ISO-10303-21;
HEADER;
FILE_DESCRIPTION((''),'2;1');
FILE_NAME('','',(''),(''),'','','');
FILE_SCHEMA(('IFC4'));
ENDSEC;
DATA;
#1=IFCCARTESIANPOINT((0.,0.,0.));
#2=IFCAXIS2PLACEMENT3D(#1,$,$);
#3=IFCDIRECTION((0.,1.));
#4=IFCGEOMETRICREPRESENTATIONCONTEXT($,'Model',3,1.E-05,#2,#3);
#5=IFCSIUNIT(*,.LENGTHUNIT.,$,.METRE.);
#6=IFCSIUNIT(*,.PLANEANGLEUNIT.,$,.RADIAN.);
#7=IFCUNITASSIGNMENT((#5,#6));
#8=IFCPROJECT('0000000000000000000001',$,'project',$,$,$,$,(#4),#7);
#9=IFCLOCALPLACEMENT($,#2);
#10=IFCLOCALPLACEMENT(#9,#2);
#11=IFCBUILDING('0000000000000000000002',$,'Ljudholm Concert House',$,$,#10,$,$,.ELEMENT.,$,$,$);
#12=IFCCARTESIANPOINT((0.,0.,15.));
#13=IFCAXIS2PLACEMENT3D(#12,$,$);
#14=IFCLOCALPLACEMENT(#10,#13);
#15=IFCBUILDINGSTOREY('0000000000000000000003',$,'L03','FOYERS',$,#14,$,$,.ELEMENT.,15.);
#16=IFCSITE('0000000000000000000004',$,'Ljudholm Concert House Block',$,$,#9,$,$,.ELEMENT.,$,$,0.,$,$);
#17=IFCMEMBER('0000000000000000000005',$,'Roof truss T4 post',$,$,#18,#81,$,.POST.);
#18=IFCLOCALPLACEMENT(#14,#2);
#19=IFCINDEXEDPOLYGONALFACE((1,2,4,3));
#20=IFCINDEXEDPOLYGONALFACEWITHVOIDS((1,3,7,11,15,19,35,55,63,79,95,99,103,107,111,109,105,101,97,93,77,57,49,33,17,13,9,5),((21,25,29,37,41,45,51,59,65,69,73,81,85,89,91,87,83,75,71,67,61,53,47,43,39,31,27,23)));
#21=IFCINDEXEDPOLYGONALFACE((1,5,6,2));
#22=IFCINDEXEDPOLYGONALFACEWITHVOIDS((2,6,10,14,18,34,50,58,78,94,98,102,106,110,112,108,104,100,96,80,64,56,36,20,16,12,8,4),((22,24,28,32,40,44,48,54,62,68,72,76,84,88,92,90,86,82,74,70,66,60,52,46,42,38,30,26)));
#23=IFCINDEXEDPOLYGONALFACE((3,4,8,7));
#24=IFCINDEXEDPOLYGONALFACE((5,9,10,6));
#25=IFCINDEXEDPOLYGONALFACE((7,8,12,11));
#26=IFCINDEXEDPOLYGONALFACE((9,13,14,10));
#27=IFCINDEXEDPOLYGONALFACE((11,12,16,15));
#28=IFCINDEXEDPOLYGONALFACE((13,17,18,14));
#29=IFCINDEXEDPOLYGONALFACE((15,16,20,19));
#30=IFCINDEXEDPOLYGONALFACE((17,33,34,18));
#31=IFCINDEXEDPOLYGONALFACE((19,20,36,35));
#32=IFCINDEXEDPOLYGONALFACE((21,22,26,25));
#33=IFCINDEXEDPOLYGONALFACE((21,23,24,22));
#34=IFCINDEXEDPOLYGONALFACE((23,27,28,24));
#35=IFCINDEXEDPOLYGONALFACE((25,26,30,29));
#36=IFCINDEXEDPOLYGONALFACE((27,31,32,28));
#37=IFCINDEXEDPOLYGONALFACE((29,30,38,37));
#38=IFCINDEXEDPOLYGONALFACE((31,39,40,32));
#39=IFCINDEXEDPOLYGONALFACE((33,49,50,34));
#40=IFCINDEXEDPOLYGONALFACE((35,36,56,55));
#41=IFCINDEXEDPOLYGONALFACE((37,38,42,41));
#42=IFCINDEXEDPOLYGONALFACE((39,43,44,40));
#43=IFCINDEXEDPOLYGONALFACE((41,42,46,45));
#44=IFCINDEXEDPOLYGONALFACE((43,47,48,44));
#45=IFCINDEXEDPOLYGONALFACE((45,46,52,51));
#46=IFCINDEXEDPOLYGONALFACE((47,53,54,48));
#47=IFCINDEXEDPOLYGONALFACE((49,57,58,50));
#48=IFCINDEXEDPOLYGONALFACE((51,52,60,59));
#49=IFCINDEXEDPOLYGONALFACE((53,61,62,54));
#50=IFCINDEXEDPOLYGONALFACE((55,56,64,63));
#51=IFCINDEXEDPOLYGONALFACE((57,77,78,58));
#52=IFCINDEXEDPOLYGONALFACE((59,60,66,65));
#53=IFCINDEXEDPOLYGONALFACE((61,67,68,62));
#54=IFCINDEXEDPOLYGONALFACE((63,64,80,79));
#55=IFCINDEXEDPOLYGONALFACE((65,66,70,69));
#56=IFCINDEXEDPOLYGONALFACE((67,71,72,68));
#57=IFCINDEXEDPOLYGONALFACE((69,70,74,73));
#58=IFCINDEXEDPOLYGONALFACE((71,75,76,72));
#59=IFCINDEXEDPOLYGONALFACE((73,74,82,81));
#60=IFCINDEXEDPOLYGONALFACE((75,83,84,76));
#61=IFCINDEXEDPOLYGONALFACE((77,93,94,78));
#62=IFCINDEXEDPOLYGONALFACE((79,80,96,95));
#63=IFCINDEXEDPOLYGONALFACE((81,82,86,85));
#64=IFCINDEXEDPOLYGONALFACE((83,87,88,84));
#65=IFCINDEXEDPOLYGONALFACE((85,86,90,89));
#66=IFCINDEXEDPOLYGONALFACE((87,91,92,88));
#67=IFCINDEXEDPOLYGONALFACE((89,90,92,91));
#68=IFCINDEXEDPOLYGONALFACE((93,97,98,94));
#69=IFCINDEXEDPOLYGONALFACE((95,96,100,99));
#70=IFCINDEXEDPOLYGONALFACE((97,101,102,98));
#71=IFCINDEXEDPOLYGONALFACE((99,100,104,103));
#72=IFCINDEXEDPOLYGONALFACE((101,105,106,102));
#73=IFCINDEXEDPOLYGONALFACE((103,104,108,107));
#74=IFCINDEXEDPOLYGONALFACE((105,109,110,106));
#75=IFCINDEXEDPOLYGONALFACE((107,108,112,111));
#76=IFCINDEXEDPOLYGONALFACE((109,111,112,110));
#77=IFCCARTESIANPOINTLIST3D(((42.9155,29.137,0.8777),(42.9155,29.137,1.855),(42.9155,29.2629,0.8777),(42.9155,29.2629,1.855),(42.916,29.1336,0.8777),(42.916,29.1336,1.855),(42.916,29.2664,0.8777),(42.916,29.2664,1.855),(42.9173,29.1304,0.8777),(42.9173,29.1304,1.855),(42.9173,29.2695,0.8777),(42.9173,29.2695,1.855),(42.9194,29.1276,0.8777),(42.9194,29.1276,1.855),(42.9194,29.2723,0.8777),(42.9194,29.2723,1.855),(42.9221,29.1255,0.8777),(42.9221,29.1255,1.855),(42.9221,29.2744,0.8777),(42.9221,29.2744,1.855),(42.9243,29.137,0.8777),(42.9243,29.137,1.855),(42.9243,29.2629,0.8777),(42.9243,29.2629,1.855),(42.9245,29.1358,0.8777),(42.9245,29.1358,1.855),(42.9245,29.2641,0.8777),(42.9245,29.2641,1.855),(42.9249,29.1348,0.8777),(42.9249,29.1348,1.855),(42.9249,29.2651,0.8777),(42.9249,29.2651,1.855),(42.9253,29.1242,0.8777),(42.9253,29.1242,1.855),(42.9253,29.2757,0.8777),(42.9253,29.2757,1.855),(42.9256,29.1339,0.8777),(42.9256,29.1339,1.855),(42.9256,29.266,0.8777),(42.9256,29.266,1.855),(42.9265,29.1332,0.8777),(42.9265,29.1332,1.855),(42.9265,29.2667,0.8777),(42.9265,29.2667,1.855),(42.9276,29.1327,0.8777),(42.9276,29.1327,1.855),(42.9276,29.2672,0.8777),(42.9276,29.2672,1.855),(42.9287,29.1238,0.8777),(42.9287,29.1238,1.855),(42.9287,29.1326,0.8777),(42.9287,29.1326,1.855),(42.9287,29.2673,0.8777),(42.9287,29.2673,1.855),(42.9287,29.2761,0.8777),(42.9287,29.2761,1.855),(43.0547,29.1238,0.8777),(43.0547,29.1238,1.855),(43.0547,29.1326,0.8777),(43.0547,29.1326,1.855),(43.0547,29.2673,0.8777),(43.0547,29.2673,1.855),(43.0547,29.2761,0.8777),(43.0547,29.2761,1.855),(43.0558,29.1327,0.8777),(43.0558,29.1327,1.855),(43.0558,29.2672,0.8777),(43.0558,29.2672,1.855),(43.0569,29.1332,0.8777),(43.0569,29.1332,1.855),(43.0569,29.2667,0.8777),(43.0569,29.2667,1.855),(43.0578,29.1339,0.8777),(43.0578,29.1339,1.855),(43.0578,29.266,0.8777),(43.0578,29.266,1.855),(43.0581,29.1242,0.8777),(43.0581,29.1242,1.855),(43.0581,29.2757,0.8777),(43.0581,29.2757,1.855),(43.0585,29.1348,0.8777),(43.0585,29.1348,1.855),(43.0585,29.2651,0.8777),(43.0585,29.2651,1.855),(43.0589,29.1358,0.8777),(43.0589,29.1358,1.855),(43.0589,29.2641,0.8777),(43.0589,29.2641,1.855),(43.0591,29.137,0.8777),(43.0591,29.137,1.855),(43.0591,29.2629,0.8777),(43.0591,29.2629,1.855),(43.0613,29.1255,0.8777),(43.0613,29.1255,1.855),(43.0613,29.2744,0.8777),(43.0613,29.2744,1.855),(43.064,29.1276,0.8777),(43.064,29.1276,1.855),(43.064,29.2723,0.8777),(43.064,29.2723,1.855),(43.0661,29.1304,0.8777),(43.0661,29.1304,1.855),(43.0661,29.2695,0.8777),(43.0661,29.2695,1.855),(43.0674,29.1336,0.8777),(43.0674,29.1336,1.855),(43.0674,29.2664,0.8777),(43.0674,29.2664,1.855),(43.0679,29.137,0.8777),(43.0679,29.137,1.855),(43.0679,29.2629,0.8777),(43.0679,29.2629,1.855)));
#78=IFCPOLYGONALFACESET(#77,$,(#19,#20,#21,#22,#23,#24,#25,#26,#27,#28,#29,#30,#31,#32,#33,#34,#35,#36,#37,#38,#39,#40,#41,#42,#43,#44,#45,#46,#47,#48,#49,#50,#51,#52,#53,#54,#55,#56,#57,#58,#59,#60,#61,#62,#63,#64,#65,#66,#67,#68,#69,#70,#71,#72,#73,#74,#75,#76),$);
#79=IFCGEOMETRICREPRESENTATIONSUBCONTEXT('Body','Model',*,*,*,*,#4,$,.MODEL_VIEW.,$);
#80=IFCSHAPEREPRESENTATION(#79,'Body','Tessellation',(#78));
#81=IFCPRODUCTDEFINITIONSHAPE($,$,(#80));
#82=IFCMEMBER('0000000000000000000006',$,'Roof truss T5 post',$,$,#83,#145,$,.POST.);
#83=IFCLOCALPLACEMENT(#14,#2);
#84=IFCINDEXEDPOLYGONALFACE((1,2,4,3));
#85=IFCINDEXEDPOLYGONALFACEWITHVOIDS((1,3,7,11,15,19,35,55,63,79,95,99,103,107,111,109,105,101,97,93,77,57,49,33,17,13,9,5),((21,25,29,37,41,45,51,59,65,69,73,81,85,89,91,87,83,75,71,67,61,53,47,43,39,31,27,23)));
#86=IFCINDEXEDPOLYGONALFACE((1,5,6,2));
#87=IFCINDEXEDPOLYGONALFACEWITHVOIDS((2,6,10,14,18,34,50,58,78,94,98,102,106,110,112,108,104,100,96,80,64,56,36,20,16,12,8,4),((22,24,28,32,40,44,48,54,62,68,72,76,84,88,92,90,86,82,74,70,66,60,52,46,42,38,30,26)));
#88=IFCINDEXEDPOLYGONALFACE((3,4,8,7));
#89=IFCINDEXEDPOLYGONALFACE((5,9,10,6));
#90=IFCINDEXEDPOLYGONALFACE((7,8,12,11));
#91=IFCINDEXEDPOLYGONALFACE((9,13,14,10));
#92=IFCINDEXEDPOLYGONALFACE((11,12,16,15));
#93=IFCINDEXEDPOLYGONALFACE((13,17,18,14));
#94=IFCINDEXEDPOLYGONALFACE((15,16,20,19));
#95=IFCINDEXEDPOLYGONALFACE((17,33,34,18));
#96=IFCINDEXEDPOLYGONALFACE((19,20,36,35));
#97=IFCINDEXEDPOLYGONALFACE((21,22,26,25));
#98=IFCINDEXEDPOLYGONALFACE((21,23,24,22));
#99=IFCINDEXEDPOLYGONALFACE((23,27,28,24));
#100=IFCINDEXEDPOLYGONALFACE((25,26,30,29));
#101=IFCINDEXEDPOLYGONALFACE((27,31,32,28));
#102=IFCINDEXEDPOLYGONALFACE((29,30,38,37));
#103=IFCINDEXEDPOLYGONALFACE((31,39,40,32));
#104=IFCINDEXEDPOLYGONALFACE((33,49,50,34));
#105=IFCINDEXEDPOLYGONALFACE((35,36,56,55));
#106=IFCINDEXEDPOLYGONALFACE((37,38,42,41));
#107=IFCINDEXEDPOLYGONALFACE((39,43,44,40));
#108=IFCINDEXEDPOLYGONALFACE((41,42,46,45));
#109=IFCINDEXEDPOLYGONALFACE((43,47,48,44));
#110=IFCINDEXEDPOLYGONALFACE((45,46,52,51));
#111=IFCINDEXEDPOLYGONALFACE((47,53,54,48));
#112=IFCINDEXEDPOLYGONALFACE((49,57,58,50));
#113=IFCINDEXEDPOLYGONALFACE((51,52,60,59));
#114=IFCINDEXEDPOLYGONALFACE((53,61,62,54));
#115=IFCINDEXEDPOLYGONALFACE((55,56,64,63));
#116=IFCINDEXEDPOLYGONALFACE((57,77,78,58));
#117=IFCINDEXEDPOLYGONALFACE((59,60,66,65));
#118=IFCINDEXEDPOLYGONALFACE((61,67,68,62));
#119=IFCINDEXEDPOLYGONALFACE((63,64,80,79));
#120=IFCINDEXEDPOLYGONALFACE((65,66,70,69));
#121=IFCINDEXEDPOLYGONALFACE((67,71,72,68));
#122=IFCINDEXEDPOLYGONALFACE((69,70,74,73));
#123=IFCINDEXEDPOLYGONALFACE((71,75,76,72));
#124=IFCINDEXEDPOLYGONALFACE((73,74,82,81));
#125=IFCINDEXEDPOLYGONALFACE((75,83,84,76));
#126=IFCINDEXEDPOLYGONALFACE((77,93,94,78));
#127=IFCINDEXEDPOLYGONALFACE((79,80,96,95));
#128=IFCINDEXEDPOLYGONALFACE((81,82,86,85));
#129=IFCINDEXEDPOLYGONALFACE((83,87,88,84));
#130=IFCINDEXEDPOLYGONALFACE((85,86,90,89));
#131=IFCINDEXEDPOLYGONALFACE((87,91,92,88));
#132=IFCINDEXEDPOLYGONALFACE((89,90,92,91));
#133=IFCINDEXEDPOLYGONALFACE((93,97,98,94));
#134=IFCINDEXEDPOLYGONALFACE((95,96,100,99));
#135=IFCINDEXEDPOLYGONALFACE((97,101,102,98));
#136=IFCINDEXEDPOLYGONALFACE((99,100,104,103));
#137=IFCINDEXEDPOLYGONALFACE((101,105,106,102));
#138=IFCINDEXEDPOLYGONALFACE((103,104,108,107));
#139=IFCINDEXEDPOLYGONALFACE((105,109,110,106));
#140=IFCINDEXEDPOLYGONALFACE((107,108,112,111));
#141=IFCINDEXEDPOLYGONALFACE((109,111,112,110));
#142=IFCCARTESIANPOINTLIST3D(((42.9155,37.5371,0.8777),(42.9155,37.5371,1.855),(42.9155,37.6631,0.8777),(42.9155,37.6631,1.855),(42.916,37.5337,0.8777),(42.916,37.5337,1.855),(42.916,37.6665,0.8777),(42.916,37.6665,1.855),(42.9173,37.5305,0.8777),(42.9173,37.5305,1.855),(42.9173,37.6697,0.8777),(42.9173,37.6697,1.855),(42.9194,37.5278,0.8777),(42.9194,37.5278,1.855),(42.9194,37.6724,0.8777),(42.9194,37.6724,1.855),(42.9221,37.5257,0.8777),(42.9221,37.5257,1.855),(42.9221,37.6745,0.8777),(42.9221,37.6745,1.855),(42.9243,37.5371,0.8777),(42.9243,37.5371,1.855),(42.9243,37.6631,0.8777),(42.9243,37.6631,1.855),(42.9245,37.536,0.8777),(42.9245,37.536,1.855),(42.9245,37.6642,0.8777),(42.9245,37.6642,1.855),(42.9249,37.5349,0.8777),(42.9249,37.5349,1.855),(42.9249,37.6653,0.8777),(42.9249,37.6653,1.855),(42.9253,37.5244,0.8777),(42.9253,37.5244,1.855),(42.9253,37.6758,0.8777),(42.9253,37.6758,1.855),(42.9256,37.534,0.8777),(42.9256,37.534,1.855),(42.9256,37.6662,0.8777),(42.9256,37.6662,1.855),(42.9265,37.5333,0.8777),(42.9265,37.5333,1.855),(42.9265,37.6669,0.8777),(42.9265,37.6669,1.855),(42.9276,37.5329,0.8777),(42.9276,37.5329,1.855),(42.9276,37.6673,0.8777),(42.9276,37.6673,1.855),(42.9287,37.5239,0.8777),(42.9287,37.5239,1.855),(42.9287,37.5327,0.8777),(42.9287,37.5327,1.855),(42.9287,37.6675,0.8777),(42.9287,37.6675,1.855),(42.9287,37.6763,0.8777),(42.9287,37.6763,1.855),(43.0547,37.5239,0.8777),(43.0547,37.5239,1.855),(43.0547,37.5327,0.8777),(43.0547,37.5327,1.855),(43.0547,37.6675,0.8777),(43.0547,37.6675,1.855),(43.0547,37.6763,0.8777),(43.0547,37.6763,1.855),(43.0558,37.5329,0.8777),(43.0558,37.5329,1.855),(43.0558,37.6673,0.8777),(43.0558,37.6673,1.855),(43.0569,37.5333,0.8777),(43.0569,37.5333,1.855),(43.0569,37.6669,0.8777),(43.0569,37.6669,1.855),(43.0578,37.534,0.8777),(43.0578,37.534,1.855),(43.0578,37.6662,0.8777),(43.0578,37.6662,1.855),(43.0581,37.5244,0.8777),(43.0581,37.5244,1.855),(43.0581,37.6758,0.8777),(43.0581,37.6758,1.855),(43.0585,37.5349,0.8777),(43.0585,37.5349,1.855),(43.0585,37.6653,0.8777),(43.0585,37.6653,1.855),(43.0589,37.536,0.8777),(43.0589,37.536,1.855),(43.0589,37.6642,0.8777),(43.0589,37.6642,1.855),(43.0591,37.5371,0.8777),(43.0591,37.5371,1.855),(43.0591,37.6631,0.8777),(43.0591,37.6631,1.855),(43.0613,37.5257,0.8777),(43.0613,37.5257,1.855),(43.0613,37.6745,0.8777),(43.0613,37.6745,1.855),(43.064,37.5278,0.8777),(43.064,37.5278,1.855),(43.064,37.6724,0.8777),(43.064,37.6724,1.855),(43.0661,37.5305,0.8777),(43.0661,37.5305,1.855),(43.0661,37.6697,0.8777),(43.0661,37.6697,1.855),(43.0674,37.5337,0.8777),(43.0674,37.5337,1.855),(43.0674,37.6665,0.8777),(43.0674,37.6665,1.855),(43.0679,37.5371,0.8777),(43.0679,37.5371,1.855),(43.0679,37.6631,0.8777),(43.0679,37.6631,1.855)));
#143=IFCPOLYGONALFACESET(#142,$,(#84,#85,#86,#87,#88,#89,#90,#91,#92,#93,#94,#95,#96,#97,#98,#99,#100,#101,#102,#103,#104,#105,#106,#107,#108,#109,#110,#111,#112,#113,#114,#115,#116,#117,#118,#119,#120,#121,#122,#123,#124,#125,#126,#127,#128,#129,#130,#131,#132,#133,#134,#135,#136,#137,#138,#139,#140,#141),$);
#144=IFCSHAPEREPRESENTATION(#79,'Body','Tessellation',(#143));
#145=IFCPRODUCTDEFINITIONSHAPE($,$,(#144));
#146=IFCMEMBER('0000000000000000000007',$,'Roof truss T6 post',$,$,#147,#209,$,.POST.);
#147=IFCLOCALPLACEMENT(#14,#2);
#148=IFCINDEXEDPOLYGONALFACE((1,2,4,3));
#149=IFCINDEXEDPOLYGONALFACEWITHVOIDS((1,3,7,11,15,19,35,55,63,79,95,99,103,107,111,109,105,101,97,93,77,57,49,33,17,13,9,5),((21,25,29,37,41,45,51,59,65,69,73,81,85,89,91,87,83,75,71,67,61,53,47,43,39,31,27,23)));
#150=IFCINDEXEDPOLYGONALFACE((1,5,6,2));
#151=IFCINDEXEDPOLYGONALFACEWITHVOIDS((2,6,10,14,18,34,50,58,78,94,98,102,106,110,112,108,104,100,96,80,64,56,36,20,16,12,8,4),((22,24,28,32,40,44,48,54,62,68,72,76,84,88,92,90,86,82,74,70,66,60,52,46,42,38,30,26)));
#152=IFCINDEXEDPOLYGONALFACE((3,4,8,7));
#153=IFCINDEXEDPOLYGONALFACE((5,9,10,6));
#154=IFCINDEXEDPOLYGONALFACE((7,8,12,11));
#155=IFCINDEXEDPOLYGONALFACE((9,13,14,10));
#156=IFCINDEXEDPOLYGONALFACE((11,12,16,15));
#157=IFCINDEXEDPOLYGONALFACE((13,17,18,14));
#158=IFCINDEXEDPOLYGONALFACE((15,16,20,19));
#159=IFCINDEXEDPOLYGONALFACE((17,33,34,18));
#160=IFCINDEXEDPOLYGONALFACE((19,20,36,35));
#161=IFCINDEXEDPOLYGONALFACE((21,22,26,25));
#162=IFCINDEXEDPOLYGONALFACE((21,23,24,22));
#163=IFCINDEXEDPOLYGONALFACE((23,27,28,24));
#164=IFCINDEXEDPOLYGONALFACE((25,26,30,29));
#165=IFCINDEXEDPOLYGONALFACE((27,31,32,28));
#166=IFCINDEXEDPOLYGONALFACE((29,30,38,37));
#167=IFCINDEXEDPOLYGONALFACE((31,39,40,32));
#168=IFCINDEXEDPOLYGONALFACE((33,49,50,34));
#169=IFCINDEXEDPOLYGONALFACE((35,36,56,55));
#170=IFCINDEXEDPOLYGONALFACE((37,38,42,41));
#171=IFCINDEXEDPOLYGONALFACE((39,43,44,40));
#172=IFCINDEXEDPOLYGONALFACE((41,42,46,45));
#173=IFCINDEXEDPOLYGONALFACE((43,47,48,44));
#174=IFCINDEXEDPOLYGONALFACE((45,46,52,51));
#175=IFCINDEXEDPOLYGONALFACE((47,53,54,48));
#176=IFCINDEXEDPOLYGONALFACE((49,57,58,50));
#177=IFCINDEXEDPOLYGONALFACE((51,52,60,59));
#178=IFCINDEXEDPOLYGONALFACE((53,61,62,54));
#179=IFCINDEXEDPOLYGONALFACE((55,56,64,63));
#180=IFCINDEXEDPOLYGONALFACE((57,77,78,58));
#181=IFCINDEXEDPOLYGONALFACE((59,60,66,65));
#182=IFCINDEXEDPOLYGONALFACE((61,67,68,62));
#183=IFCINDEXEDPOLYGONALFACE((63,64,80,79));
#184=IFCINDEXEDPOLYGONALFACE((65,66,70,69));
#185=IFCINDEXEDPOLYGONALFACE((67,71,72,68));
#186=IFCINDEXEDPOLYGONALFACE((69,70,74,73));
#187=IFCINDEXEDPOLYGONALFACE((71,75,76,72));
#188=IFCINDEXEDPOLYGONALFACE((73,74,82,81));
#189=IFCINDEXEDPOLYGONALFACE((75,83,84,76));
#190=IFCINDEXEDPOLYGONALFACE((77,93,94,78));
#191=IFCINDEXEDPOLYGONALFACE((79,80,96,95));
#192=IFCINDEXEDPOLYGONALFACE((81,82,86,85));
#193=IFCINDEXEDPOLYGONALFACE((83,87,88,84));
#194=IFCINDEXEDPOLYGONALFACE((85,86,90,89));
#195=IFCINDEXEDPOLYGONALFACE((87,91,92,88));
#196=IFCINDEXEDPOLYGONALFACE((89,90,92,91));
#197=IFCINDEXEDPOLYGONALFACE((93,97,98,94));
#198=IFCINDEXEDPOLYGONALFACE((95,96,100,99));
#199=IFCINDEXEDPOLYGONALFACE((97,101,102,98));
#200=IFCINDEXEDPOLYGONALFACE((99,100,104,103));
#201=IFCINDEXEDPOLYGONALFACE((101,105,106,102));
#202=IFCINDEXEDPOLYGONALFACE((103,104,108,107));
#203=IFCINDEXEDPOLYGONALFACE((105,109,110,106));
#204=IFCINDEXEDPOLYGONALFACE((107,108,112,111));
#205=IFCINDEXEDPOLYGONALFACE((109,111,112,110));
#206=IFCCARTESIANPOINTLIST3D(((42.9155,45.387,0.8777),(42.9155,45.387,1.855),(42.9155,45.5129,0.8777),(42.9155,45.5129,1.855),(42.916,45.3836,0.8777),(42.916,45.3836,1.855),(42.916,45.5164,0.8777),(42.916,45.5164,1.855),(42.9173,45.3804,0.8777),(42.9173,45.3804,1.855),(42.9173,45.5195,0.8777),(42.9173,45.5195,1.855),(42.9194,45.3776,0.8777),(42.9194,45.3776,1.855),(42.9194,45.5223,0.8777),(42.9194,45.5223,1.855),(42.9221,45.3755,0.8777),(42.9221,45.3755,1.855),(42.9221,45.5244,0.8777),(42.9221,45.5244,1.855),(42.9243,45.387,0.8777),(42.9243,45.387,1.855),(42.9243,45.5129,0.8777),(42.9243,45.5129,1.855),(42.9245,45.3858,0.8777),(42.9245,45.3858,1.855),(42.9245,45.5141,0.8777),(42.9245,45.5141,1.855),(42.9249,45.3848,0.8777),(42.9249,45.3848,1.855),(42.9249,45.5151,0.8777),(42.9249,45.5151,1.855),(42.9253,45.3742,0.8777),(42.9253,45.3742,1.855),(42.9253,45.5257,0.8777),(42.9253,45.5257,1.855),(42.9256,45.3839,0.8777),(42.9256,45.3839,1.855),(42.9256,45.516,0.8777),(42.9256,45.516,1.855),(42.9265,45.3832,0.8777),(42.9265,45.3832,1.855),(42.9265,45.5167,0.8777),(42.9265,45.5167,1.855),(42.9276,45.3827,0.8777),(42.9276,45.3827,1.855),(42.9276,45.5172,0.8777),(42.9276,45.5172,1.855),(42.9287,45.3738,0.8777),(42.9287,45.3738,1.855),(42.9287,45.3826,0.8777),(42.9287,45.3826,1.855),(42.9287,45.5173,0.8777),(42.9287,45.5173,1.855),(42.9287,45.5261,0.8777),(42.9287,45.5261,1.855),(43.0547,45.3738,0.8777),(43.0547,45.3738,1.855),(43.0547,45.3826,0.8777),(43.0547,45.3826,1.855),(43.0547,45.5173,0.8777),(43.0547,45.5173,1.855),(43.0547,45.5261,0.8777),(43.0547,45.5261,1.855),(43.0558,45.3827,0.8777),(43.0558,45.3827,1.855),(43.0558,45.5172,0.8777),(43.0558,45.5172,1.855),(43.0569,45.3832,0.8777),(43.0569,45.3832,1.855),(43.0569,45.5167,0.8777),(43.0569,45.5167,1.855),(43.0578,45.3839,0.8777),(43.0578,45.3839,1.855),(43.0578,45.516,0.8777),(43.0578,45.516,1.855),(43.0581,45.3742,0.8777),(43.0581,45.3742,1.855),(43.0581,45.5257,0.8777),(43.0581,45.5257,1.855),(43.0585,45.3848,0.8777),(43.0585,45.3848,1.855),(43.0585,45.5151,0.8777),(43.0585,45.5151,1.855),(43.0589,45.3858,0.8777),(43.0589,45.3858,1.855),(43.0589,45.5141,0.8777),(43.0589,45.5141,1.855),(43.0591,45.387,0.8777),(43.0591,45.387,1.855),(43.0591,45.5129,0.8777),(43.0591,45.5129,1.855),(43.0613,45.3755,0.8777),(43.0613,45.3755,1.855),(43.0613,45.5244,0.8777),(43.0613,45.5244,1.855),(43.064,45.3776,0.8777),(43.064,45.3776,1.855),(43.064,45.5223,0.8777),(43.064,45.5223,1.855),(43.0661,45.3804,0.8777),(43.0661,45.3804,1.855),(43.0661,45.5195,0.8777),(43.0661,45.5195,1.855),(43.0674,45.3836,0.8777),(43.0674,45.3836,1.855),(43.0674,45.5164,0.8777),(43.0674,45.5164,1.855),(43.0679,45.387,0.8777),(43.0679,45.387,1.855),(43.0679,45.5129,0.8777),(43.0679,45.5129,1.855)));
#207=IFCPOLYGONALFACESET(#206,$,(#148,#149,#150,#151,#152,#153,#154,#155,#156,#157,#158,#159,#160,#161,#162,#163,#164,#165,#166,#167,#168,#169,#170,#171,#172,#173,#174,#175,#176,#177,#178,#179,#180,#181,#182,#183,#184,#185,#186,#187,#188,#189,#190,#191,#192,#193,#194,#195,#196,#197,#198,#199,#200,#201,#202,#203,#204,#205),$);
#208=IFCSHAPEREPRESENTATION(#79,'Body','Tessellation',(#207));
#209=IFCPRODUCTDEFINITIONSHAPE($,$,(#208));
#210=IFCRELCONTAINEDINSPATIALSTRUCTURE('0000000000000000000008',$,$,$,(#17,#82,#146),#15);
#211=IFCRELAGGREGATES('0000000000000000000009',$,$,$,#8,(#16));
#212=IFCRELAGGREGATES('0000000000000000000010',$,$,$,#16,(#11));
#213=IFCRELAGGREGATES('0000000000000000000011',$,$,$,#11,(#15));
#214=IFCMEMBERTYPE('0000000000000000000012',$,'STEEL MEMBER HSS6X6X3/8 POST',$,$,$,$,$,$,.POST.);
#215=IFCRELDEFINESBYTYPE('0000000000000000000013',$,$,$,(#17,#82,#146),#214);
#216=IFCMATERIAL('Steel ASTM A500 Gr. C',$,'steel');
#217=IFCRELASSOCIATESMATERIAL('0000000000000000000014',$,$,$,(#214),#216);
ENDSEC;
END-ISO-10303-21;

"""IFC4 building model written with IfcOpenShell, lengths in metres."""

from ifc_helpers import new_model, si_unit, direction, frame, origin, origin_2d, place, context, subcontext, project, spatial, hollow_rectangle, extrude, material, material_profile, profile_set, type_object, element, save


model = new_model("IFC4")

# Units and contexts
model_context = context("Model", 3, precision=1e-05, world=origin(), true_north=direction((0.0, 1.0)))
body_context = subcontext(model_context, "Body", "Model", "MODEL_VIEW")
ifc_project = project(units=[si_unit("LENGTHUNIT", "METRE"), si_unit("PLANEANGLEUNIT", "RADIAN")], contexts=[model_context])

# Site, building, storey
site_placement = place(None, origin())
site = spatial("IfcSite", under=ifc_project, at=site_placement, Name="Ljudholm Concert House Block", CompositionType="ELEMENT", RefElevation=0.0)
building_placement = place(site_placement, origin())
building = spatial("IfcBuilding", under=site, at=building_placement, Name="Ljudholm Concert House", CompositionType="ELEMENT")
storey_placement = place(building_placement, frame((0.0, 0.0, 15.0)))
storey = spatial("IfcBuildingStorey", under=building, at=storey_placement, Name="L03", Description="FOYERS", CompositionType="ELEMENT", Elevation=15.0)

# Members
ifc_material_1 = material(Name="Steel ASTM A500 Gr. C", Category="steel")
ifc_material_profile_1 = material_profile(ifc_material_1, hollow_rectangle(XDim=0.1523, YDim=0.1523, WallThickness=0.0088, InnerFilletRadius=0.0044, OuterFilletRadius=0.0132, at=origin_2d()), Name="HSS6X6X3/8")
ifc_profile_set_1 = profile_set([ifc_material_profile_1], Name="Steel ASTM A500 Gr. C")
member_type_1 = type_object("IfcMemberType", Name="STEEL MEMBER HSS6X6X3/8 POST", PredefinedType="POST", material=ifc_profile_set_1)
for number, where, z_axis, x_axis, name in (
    (1, (42.9917, 29.2, 0.8777), (0.0, 0.0, 1.0), (1.0, 0.0, 0.0), "Roof truss T4 post"),
    (2, (42.9917, 37.6001, 0.8777), (0.0, 0.0, 1.0), (1.0, 0.0, 0.0), "Roof truss T5 post"),
    (3, (42.9917, 45.45, 0.8777), (0.0, 0.0, 1.0), (1.0, 0.0, 0.0), "Roof truss T6 post"),
):
    element("IfcMember", number, at=place(storey_placement, frame(where, z_axis=z_axis, x_axis=x_axis)), inside=storey, type_object=member_type_1, Name=name, PredefinedType="POST", context=body_context, shape_type="SweptSolid", body=[
        extrude(hollow_rectangle(XDim=0.1523, YDim=0.1523, WallThickness=0.0088, InnerFilletRadius=0.0044, OuterFilletRadius=0.0132, at=origin_2d()), origin(), (0.0, 0.0, 1.0), 0.9773),
    ])

save(model, "model.ifc")
